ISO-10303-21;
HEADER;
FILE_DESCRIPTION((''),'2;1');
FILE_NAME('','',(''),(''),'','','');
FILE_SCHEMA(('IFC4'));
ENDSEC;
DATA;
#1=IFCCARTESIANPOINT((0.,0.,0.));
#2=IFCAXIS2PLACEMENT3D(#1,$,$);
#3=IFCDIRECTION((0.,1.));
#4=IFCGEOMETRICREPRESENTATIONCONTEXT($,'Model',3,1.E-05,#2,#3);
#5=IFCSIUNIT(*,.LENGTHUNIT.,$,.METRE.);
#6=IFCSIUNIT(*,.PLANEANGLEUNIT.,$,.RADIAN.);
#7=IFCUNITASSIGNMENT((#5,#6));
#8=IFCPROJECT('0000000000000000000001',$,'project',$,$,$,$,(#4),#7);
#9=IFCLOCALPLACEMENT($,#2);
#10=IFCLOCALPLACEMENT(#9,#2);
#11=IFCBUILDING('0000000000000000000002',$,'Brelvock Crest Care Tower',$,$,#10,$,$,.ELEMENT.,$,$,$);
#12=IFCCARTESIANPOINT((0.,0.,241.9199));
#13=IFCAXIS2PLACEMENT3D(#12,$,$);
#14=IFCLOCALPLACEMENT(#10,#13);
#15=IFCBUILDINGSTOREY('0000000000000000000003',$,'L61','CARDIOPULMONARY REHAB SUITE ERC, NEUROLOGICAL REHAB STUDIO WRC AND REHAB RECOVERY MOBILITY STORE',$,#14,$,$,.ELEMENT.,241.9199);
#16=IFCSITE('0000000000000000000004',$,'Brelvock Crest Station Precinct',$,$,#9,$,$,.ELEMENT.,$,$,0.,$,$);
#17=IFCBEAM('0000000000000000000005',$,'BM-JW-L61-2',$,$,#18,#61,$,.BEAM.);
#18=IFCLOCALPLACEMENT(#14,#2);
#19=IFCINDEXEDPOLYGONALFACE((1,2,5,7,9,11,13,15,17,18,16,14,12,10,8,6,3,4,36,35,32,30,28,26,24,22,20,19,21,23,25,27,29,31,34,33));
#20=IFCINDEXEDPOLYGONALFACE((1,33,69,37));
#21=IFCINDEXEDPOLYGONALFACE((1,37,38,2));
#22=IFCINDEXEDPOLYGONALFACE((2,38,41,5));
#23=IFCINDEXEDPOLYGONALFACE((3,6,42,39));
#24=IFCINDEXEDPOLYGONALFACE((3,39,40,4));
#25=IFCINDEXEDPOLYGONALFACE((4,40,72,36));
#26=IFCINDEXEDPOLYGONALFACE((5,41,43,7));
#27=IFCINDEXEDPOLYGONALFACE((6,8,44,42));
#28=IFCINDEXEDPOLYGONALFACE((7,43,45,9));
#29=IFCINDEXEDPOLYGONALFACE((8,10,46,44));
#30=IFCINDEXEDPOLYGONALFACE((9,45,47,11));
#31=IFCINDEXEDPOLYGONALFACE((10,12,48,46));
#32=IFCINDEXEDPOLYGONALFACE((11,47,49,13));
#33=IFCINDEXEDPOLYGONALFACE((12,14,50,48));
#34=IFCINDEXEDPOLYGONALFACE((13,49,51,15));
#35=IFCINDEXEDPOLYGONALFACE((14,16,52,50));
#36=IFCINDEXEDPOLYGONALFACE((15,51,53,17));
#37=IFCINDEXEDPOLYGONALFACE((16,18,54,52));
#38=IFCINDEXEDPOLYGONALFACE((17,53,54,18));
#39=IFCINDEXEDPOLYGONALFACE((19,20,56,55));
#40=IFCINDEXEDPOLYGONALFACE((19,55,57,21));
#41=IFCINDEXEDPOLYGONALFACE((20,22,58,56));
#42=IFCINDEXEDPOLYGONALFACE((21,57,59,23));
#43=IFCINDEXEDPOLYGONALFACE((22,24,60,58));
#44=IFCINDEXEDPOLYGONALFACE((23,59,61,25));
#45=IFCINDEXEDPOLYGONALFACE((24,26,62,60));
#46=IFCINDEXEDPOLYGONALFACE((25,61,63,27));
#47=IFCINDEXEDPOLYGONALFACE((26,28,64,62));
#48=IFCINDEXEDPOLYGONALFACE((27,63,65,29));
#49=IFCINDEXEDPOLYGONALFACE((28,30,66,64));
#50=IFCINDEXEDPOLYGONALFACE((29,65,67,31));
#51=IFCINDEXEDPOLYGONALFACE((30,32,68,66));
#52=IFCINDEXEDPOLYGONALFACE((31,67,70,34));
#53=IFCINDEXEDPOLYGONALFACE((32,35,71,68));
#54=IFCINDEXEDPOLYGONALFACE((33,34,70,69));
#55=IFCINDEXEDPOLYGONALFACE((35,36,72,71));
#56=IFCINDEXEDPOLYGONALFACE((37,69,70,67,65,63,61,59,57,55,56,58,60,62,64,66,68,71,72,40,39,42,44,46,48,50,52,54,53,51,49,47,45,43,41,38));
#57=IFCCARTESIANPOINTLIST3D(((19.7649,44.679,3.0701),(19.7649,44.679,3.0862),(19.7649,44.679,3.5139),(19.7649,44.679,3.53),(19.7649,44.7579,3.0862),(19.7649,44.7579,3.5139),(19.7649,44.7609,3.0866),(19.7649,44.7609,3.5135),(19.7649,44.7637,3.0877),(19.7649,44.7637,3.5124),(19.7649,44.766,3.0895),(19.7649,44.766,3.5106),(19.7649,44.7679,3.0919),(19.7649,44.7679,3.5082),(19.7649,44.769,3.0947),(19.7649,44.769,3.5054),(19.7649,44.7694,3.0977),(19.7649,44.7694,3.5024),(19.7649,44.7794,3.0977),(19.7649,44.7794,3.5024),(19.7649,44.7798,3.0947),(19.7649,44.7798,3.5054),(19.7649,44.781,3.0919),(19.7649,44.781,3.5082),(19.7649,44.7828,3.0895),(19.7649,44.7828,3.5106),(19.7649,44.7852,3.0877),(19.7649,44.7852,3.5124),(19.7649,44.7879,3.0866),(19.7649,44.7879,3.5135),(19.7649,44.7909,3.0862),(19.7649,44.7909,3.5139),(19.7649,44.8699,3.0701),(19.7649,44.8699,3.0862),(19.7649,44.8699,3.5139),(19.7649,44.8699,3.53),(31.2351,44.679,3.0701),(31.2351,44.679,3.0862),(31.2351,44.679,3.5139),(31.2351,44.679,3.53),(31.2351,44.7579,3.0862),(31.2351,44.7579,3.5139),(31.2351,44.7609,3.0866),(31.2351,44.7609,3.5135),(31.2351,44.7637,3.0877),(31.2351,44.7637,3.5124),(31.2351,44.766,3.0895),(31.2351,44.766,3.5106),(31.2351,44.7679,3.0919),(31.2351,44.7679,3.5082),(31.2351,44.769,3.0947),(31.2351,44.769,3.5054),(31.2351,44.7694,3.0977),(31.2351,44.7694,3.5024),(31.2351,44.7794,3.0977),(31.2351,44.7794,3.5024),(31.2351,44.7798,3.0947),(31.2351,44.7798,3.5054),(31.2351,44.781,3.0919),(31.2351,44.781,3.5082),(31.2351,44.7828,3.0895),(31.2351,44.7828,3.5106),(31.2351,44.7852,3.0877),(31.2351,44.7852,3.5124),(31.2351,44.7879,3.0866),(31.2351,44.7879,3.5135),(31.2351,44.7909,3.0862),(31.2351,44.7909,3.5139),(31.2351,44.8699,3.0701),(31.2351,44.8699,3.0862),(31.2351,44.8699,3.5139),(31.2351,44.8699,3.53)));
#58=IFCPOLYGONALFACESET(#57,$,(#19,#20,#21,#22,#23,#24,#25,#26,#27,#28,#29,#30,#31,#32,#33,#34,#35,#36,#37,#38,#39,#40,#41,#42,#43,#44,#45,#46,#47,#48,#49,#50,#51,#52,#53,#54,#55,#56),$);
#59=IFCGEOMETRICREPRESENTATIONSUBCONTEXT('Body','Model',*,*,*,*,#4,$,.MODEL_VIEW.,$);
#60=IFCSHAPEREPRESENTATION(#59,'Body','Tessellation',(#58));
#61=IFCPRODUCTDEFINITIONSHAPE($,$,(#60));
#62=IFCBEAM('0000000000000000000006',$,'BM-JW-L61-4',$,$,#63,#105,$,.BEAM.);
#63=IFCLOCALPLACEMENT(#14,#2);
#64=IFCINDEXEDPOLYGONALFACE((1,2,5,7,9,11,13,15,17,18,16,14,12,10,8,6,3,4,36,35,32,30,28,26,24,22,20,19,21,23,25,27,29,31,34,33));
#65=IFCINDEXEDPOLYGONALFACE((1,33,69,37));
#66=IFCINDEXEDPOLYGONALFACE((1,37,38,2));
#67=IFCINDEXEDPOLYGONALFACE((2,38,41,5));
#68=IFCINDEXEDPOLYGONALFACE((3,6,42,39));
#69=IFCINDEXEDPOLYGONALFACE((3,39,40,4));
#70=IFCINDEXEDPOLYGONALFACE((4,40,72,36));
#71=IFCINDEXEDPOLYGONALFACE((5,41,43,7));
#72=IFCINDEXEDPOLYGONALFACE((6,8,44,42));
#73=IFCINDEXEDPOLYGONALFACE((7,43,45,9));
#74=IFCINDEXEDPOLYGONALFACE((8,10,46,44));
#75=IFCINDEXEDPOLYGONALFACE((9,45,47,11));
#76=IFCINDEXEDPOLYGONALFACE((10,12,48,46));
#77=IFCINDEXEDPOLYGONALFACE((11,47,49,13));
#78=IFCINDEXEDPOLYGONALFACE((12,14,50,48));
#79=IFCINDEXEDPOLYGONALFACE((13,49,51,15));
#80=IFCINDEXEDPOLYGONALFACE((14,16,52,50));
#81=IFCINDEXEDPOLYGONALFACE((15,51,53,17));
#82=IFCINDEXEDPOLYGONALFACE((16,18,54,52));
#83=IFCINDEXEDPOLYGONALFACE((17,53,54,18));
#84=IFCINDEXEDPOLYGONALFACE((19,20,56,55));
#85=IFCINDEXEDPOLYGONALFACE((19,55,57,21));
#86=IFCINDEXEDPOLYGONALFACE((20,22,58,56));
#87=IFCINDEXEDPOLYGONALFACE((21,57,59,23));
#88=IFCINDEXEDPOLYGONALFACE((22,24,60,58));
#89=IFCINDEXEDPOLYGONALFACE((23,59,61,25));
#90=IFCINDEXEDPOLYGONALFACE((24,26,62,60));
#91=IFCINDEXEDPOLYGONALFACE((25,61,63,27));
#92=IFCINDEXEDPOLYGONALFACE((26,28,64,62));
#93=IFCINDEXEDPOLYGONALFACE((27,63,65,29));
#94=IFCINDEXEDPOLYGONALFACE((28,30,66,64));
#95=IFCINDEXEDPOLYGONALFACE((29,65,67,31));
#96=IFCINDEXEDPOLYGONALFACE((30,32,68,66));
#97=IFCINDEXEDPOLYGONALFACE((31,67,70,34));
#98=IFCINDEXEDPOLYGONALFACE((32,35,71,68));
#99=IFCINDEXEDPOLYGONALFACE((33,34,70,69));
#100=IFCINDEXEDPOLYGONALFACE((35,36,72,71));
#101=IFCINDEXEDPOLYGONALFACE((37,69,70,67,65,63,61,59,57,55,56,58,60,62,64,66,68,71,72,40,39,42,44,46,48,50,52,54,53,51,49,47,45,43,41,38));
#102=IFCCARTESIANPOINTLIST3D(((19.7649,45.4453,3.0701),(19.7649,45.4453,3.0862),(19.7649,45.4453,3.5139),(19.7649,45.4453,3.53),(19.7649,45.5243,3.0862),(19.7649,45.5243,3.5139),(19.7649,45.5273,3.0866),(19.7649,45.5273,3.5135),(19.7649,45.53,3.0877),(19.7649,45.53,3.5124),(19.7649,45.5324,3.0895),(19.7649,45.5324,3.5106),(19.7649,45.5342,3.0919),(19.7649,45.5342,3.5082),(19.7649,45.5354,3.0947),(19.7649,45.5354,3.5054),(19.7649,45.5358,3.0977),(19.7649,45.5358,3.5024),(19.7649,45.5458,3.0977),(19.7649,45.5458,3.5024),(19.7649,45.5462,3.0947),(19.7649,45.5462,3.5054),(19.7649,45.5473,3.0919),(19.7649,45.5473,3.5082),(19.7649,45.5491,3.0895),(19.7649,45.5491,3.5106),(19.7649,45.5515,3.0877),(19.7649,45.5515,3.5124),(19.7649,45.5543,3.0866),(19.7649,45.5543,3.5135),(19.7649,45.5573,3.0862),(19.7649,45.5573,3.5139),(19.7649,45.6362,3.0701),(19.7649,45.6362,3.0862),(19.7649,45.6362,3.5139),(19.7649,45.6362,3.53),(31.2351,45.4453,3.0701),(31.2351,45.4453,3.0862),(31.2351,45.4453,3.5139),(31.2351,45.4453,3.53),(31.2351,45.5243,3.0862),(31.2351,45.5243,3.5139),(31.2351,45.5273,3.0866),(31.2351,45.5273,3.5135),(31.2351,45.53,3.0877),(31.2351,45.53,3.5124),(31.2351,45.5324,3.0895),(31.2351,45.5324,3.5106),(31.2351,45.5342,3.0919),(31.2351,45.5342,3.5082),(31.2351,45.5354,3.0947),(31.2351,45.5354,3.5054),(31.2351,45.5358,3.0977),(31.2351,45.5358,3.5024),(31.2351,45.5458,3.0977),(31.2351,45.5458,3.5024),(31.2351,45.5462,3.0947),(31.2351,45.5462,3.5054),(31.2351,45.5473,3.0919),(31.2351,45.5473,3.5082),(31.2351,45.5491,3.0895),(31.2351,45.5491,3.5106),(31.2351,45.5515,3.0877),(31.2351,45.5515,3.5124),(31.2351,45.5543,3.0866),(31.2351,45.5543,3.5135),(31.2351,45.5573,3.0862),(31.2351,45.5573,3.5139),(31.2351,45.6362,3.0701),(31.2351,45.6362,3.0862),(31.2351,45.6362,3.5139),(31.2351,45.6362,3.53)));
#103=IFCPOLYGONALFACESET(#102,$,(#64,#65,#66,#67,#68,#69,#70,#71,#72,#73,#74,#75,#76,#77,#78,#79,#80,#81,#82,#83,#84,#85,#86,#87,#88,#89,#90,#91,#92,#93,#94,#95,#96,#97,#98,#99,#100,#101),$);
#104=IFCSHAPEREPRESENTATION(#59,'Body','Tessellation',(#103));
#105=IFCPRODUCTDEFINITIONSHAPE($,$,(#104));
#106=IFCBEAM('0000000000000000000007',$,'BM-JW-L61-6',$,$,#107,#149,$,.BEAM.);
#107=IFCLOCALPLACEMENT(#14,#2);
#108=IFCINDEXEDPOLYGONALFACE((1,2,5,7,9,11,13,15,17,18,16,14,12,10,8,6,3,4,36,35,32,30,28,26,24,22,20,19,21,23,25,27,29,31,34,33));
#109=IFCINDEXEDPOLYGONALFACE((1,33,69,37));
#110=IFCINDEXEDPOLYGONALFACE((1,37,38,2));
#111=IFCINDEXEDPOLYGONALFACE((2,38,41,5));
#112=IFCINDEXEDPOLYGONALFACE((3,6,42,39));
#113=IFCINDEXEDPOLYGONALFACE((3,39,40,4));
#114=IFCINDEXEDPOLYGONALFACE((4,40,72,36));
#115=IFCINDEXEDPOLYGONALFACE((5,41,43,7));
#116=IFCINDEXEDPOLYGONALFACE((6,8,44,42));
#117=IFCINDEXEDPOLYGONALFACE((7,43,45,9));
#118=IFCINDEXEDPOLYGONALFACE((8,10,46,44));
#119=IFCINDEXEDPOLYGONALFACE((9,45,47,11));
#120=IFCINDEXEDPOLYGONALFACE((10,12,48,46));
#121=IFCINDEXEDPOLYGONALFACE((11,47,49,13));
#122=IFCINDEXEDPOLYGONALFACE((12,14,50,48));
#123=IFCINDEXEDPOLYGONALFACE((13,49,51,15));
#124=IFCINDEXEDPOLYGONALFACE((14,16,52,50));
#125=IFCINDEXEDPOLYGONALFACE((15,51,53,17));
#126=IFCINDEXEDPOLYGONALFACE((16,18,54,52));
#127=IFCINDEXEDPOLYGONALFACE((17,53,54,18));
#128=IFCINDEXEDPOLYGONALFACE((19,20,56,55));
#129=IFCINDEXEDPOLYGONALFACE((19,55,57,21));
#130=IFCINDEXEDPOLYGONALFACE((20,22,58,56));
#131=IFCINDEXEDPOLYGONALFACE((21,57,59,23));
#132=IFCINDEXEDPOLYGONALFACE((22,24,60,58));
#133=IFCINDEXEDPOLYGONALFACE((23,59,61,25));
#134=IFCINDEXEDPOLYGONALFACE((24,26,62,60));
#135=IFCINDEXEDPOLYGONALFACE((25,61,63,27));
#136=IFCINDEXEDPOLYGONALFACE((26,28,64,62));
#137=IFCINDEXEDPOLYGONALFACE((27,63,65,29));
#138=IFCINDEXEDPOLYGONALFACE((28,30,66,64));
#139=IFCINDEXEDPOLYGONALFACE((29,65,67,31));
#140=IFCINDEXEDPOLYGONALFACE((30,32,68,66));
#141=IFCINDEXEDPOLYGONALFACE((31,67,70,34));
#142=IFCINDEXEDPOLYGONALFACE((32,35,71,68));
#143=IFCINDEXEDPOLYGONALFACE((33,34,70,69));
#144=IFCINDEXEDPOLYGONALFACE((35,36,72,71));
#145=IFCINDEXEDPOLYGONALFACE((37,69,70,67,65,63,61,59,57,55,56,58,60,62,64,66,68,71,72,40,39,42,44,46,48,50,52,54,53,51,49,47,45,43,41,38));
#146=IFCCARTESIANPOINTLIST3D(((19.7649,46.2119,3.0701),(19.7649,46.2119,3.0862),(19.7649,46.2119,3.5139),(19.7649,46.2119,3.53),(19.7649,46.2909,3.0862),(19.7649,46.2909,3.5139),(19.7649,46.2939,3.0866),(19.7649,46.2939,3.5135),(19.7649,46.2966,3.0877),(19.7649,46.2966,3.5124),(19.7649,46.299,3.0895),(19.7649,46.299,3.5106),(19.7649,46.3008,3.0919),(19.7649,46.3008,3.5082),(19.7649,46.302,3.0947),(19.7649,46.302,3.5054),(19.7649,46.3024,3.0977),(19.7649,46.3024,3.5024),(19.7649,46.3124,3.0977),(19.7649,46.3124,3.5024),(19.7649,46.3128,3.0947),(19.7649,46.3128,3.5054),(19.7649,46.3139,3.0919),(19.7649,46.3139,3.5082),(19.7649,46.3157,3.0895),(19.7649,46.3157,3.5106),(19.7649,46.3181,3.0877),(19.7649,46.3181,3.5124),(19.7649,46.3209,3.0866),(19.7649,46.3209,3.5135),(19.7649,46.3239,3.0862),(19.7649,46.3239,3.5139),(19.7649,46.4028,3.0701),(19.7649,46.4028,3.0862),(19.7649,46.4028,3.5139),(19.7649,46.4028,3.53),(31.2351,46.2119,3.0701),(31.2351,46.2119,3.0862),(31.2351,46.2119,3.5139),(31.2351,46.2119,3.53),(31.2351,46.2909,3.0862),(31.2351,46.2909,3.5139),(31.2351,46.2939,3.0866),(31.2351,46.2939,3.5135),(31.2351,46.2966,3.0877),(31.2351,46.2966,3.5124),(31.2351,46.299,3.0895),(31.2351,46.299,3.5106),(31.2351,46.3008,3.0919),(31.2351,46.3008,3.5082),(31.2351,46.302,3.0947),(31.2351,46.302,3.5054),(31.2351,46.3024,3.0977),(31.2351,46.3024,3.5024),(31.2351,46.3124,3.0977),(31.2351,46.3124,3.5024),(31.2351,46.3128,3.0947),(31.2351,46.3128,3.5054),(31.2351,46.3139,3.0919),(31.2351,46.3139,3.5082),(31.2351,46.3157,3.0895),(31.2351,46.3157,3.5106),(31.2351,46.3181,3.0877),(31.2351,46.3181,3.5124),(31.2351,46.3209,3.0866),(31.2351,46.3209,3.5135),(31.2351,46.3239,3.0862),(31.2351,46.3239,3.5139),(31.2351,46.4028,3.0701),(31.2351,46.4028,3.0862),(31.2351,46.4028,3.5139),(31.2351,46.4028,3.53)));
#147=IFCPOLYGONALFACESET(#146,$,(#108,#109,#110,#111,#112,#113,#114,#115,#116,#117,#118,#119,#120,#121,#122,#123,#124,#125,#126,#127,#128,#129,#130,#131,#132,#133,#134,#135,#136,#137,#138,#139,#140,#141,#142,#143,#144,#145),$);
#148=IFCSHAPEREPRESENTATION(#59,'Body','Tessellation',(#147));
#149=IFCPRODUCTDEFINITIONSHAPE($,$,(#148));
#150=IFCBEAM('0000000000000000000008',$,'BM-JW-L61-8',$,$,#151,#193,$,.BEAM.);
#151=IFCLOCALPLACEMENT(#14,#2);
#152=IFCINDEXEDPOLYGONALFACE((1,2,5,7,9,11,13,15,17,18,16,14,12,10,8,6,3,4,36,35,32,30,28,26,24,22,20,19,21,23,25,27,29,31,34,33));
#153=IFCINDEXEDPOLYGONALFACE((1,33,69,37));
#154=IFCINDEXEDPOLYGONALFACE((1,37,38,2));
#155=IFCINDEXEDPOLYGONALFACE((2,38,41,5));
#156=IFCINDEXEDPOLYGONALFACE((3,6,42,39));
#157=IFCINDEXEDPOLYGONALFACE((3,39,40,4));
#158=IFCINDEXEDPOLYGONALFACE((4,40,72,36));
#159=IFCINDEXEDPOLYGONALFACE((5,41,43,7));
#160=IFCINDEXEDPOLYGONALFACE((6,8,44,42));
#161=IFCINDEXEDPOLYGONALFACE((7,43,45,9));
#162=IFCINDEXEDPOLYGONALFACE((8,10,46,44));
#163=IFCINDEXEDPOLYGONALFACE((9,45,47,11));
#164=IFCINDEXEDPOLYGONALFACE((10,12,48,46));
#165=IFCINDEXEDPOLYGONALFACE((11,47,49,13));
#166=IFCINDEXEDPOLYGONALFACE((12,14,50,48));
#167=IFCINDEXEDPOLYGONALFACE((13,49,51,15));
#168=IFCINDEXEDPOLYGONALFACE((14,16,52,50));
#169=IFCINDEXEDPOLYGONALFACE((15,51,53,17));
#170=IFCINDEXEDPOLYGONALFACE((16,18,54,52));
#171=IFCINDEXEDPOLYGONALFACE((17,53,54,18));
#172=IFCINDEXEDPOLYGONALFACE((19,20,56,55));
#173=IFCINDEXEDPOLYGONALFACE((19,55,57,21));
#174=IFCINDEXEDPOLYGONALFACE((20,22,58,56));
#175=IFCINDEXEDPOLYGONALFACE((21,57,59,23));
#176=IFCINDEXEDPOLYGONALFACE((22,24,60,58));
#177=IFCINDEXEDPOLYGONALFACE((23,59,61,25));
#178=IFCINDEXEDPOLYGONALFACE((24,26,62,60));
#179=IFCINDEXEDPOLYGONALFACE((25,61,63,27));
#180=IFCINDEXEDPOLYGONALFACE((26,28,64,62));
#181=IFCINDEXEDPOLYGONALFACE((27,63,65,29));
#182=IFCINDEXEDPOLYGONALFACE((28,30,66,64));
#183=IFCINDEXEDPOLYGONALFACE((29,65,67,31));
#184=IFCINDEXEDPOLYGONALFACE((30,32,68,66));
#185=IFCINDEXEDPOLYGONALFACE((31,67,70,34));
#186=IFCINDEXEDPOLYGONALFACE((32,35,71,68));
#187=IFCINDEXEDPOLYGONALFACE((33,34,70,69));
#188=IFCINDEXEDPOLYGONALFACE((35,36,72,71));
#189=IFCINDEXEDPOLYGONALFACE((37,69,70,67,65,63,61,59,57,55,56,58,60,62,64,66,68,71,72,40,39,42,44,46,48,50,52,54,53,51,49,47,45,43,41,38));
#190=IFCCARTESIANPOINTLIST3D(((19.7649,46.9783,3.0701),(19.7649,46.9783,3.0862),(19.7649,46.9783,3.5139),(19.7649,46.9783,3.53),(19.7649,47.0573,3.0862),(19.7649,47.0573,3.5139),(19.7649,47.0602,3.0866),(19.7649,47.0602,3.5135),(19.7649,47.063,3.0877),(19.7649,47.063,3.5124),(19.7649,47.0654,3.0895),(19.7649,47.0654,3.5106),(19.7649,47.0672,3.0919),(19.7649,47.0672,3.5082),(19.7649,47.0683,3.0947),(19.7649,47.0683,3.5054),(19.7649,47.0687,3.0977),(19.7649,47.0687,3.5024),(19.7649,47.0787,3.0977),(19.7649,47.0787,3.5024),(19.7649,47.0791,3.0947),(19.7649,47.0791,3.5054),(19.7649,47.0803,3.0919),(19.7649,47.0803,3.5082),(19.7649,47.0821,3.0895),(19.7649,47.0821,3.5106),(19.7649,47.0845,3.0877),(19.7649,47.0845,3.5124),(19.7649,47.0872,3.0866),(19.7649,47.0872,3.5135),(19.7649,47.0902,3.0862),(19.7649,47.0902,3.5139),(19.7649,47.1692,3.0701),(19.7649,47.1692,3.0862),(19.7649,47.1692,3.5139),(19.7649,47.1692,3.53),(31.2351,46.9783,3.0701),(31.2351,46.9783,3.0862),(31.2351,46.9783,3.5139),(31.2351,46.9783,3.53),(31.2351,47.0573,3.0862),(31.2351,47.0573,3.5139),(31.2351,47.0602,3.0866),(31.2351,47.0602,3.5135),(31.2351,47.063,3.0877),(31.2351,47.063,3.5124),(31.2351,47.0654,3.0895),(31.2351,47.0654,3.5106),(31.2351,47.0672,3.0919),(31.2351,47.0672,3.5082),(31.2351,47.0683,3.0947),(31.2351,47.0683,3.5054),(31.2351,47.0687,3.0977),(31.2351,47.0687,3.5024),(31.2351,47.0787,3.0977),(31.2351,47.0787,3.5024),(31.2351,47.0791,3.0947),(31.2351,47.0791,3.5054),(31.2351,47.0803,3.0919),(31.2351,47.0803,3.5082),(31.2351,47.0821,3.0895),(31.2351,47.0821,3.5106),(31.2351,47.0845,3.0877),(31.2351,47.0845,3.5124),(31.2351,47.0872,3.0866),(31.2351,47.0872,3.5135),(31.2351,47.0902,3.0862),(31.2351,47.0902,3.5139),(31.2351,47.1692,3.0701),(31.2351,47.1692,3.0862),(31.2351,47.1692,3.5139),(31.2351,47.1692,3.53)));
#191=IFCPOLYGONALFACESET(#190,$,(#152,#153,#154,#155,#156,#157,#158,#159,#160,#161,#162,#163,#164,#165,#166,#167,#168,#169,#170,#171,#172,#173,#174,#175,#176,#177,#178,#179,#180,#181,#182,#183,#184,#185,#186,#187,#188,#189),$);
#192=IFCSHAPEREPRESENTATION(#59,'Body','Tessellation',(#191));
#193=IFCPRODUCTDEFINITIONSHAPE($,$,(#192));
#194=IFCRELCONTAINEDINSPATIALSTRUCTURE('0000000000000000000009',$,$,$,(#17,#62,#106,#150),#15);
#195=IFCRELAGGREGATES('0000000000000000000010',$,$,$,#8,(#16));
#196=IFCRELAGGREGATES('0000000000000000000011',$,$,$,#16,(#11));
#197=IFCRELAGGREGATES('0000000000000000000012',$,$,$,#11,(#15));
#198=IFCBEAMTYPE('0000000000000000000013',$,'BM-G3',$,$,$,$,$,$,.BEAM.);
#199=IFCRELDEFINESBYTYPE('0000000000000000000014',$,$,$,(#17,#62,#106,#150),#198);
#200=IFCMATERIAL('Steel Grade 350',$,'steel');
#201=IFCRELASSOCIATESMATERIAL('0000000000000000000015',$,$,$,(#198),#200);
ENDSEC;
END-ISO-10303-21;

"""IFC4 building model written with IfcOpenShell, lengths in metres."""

from ifc_helpers import new_model, si_unit, direction, frame, origin, origin_2d, place, context, subcontext, project, spatial, i_section, extrude, source, transform, mapped, material, material_profile, profile_set, type_object, element, save


model = new_model("IFC4")

# Units and contexts
model_context = context("Model", 3, precision=1e-05, world=origin(), true_north=direction((0.0, 1.0)))
body_context = subcontext(model_context, "Body", "Model", "MODEL_VIEW")
ifc_project = project(units=[si_unit("LENGTHUNIT", "METRE"), si_unit("PLANEANGLEUNIT", "RADIAN")], contexts=[model_context])

# Site, building, storey
site_placement = place(None, origin())
site = spatial("IfcSite", under=ifc_project, at=site_placement, Name="Brelvock Crest Station Precinct", CompositionType="ELEMENT", RefElevation=0.0)
building_placement = place(site_placement, origin())
building = spatial("IfcBuilding", under=site, at=building_placement, Name="Brelvock Crest Care Tower", CompositionType="ELEMENT")
storey_placement = place(building_placement, frame((0.0, 0.0, 241.9199)))
storey = spatial("IfcBuildingStorey", under=building, at=storey_placement, Name="L61", Description="CARDIOPULMONARY REHAB SUITE ERC, NEUROLOGICAL REHAB STUDIO WRC AND REHAB RECOVERY MOBILITY STORE", CompositionType="ELEMENT", Elevation=241.9199)

# Beams
ifc_material_1 = material(Name="Steel Grade 350", Category="steel")
ifc_material_profile_1 = material_profile(ifc_material_1, i_section(OverallWidth=0.1909, OverallDepth=0.46, WebThickness=0.01, FlangeThickness=0.0161, FilletRadius=0.0115, at=origin_2d()), Name="460UB82.1")
ifc_profile_set_1 = profile_set([ifc_material_profile_1], Name="Steel Grade 350")
beam_type_1 = type_object("IfcBeamType", Name="BM-G3", PredefinedType="BEAM", material=ifc_profile_set_1)
shared_shape_1 = source(origin(), body_context, "Body", "SweptSolid", [
    extrude(i_section(OverallWidth=0.1909, OverallDepth=0.46, WebThickness=0.01, FlangeThickness=0.0161, FilletRadius=0.0115, at=origin_2d()), origin(), (0.0, 0.0, 1.0), 11.4702),
])
for number, where, z_axis, x_axis, name in (
    (1, (19.7649, 44.7744, 3.3), (1.0, 0.0, 0.0), (0.0, 1.0, 0.0), "BM-JW-L61-2"),
    (2, (19.7649, 45.5408, 3.3), (1.0, 0.0, 0.0), (0.0, 1.0, 0.0), "BM-JW-L61-4"),
    (3, (19.7649, 46.3074, 3.3), (1.0, 0.0, 0.0), (0.0, 1.0, 0.0), "BM-JW-L61-6"),
    (4, (19.7649, 47.0737, 3.3), (1.0, 0.0, 0.0), (0.0, 1.0, 0.0), "BM-JW-L61-8"),
):
    element("IfcBeam", number, at=place(storey_placement, frame(where, z_axis=z_axis, x_axis=x_axis)), inside=storey, type_object=beam_type_1, Name=name, PredefinedType="BEAM", context=body_context, shape_type="MappedRepresentation", body=[
        mapped(shared_shape_1, transform((0.0, 0.0, 0.0), x_axis=(1.0, 0.0, 0.0), y_axis=(0.0, 1.0, 0.0), z_axis=(0.0, 0.0, 1.0), scale=1.0)),
    ])

save(model, "model.ifc")
